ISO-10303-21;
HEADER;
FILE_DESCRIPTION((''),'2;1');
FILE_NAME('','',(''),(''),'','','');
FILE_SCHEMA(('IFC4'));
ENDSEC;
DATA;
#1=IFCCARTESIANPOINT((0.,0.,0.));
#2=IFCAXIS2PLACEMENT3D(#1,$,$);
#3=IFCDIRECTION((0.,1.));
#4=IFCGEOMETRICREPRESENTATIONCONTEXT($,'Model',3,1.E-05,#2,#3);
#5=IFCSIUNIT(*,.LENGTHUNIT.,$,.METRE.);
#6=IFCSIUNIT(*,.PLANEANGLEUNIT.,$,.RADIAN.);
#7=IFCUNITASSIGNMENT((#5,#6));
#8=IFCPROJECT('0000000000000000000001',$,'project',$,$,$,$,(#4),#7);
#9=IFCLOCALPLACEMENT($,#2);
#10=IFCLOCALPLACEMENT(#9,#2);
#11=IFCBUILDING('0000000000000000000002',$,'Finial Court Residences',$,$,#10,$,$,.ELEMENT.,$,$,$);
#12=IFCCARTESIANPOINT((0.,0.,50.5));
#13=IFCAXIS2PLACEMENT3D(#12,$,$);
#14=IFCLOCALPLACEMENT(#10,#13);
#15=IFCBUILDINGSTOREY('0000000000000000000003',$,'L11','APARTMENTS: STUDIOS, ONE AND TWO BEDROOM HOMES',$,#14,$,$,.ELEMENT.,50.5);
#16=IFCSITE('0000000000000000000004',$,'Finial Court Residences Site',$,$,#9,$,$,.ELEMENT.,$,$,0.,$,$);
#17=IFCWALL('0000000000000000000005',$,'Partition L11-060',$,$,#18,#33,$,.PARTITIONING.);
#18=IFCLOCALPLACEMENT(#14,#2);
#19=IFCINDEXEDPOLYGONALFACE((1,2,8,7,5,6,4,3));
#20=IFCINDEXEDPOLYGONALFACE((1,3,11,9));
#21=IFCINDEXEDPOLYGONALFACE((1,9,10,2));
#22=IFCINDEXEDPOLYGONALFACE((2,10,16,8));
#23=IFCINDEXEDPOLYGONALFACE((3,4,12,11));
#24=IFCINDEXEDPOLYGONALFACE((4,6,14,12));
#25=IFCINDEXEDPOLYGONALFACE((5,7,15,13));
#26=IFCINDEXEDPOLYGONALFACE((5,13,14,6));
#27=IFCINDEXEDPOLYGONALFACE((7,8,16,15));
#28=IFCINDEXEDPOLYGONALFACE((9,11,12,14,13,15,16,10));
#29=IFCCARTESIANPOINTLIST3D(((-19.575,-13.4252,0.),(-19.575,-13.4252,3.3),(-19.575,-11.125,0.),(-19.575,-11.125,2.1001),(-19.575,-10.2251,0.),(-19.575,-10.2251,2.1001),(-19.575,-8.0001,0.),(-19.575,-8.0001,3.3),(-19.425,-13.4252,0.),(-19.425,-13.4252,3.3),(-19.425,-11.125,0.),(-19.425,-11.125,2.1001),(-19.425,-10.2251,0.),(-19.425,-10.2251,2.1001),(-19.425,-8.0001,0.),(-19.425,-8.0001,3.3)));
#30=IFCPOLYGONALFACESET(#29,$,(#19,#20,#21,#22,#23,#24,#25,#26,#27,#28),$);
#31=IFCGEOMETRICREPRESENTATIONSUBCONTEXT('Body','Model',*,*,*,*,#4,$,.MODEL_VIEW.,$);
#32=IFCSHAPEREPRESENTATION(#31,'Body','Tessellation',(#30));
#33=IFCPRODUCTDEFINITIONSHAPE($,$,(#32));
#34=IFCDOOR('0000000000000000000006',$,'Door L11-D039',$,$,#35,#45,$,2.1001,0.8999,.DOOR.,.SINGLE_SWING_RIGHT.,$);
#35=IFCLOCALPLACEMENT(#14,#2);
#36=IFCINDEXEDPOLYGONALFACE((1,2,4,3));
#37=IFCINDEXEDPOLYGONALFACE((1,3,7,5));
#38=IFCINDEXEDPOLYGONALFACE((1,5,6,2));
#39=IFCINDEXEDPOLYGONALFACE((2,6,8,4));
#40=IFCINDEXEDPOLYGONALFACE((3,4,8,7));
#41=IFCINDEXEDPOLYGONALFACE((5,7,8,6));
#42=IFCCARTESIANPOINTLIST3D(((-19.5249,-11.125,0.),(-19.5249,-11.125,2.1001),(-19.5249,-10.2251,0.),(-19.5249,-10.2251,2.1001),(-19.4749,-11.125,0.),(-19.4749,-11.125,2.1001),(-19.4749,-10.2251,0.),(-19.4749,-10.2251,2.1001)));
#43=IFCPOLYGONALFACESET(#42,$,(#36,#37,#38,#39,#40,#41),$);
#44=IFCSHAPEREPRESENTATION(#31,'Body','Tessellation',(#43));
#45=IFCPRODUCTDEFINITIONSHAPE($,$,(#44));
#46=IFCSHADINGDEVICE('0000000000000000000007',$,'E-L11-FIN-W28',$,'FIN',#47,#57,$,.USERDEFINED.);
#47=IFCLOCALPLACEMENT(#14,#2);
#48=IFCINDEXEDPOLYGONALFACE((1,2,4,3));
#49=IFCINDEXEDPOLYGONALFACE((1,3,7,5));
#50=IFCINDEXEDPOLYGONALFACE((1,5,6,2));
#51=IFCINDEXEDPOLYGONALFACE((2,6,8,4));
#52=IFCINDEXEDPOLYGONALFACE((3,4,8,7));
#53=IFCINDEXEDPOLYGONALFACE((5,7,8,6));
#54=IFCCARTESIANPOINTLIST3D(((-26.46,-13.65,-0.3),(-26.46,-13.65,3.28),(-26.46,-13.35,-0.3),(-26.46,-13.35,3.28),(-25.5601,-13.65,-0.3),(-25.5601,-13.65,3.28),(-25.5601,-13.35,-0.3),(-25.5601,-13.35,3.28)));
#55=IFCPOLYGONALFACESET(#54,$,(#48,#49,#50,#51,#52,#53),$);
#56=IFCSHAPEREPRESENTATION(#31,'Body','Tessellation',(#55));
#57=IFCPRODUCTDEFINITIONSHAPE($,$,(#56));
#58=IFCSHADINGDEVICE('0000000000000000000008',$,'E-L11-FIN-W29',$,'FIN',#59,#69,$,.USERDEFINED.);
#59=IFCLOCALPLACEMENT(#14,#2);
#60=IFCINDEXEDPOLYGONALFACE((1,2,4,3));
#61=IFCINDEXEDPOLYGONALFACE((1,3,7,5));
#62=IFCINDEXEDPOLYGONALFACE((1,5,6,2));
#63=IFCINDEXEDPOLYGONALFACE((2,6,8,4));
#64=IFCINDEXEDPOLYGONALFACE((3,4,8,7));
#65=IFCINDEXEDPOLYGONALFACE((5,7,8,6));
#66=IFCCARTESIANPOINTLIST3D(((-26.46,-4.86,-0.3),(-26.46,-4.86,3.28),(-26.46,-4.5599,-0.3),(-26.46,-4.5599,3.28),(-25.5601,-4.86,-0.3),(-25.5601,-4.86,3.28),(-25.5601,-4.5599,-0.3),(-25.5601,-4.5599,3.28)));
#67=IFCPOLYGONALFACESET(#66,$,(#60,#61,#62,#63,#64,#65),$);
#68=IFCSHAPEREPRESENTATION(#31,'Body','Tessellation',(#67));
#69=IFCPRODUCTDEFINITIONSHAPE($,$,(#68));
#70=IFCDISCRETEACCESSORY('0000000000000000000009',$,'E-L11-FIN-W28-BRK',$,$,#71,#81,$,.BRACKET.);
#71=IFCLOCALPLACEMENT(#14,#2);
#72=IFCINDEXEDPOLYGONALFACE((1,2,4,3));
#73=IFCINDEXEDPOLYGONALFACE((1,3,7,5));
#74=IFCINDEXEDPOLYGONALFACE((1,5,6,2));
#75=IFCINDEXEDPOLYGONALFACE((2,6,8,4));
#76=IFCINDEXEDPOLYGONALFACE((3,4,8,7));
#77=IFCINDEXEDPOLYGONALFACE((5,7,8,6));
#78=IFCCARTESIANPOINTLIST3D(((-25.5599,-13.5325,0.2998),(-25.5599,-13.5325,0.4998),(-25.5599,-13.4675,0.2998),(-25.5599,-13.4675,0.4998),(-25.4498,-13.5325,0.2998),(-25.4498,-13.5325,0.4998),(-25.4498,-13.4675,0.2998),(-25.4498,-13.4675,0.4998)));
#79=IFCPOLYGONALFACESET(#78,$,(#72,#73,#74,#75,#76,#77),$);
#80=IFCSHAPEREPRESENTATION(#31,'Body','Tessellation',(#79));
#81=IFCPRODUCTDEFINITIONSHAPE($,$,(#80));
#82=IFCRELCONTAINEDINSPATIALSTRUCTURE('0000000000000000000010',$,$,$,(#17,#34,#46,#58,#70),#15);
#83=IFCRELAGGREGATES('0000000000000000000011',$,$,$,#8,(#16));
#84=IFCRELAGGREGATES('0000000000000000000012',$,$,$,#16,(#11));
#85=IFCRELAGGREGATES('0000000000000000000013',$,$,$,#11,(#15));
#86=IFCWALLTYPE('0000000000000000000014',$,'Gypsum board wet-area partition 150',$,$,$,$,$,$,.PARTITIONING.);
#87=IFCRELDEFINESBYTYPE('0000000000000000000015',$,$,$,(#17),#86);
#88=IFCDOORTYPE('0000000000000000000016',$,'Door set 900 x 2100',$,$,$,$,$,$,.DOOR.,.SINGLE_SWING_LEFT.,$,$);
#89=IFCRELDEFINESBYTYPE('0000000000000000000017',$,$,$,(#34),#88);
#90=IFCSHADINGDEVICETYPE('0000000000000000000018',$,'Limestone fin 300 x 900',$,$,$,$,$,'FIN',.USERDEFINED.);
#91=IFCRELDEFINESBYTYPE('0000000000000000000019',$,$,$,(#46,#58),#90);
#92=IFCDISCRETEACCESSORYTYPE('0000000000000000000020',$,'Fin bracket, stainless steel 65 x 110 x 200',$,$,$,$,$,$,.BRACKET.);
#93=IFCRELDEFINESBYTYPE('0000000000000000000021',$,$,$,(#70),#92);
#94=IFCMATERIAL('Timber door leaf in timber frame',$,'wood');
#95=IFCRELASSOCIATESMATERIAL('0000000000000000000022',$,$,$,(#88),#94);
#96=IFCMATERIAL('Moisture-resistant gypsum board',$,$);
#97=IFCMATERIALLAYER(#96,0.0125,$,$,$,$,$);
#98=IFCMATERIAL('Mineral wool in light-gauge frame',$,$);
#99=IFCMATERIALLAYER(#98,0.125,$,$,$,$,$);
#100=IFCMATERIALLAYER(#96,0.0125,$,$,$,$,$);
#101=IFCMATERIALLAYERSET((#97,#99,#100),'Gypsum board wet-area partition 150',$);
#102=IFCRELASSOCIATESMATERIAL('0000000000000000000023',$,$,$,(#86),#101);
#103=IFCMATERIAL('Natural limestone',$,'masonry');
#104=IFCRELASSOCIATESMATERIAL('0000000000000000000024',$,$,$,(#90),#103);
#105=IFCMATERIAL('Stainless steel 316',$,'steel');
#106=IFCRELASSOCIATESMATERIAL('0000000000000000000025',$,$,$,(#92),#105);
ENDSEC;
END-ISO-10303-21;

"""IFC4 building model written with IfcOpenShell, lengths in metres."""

from ifc_helpers import new_model, si_unit, direction, frame, frame_2d, origin, origin_2d, place, context, subcontext, project, spatial, rectangle, extrude, material, layer, layer_set, type_object, element, fill, save


model = new_model("IFC4")

# Units and contexts
model_context = context("Model", 3, precision=1e-05, world=origin(), true_north=direction((0.0, 1.0)))
body_context = subcontext(model_context, "Body", "Model", "MODEL_VIEW")
ifc_project = project(units=[si_unit("LENGTHUNIT", "METRE"), si_unit("PLANEANGLEUNIT", "RADIAN")], contexts=[model_context])

# Site, building, storey
site_placement = place(None, origin())
site = spatial("IfcSite", under=ifc_project, at=site_placement, Name="Finial Court Residences Site", CompositionType="ELEMENT", RefElevation=0.0)
building_placement = place(site_placement, origin())
building = spatial("IfcBuilding", under=site, at=building_placement, Name="Finial Court Residences", CompositionType="ELEMENT")
storey_placement = place(building_placement, frame((0.0, 0.0, 50.5)))
storey = spatial("IfcBuildingStorey", under=building, at=storey_placement, Name="L11", Description="APARTMENTS: STUDIOS, ONE AND TWO BEDROOM HOMES", CompositionType="ELEMENT", Elevation=50.5)

# Shared definitions
ifc_material_1 = material(Name="Mineral wool in light-gauge frame")
ifc_material_2 = material(Name="Timber door leaf in timber frame", Category="wood")
door_type_1 = type_object("IfcDoorType", Name="Door set 900 x 2100", OperationType="SINGLE_SWING_LEFT", PredefinedType="DOOR", material=ifc_material_2)

# Shared definitions
ifc_material_3 = material(Name="Moisture-resistant gypsum board")
ifc_layer_1 = layer(ifc_material_3, 0.0125)
ifc_layer_2 = layer(ifc_material_1, 0.125)
ifc_layer_3 = layer(ifc_material_3, 0.0125)
ifc_layer_set_1 = layer_set([ifc_layer_1, ifc_layer_2, ifc_layer_3], Name="Gypsum board wet-area partition 150")
wall_type_1 = type_object("IfcWallType", Name="Gypsum board wet-area partition 150", PredefinedType="PARTITIONING", material=ifc_layer_set_1)

# Wall, opening, door
wall_1_placement = place(storey_placement, frame((-19.5, -13.425, 0.0), z_axis=(0.0, 0.0, 1.0), x_axis=(0.0, 1.0, 0.0)))
wall_1 = element("IfcWall", 1, at=wall_1_placement, inside=storey, type_object=wall_type_1, Name="Partition L11-060", PredefinedType="PARTITIONING", context=body_context, shape_type="SweptSolid", body=[
    extrude(rectangle(XDim=5.425, YDim=0.1499, at=frame_2d((2.7124, 0.0))), origin(), (0.0, 0.0, 1.0), 3.3),
])
opening_1_placement = place(wall_1_placement, frame((2.3, 0.0, 0.0)))
opening_1 = element("IfcOpeningElement", 2, at=opening_1_placement, cuts=wall_1, PredefinedType="OPENING", context=body_context, shape_type="SweptSolid", body=[
    extrude(rectangle(XDim=0.8999, YDim=2.1001, at=frame_2d((0.45, 1.05))), frame((0.0, 0.085, 0.0), z_axis=(0.0, -1.0, 0.0), x_axis=(1.0, 0.0, 0.0)), (0.0, 0.0, 1.0), 0.1699),
])
door_1_placement = place(opening_1_placement, origin())
door_1 = element("IfcDoor", 3, at=door_1_placement, inside=storey, type_object=door_type_1, Name="Door L11-D039", OperationType="SINGLE_SWING_RIGHT", OverallHeight=2.1001, OverallWidth=0.8999, PredefinedType="DOOR", context=body_context, shape_type="SweptSolid", body=[
    extrude(rectangle(XDim=0.8999, YDim=2.1001, at=frame_2d((0.45, 1.05))), frame((0.0, 0.0249, 0.0), z_axis=(0.0, -1.0, 0.0), x_axis=(1.0, 0.0, 0.0)), (0.0, 0.0, 1.0), 0.05),
])
fill(opening_1, door_1)

# Shading devices
ifc_material_4 = material(Name="Natural limestone", Category="masonry")
shading_device_type = type_object("IfcShadingDeviceType", Name="Limestone fin 300 x 900", ElementType="FIN", PredefinedType="USERDEFINED", material=ifc_material_4)
for number, where, z_axis, x_axis, name in (
    (4, (-26.01, -13.5, -0.3), (0.0, 0.0, 1.0), (1.0, 0.0, 0.0), "E-L11-FIN-W28"),
    (5, (-26.01, -4.71, -0.3), (0.0, 0.0, 1.0), (1.0, 0.0, 0.0), "E-L11-FIN-W29"),
):
    element("IfcShadingDevice", number, at=place(storey_placement, frame(where, z_axis=z_axis, x_axis=x_axis)), inside=storey, type_object=shading_device_type, Name=name, ObjectType="FIN", PredefinedType="USERDEFINED", context=body_context, shape_type="SweptSolid", body=[
        extrude(rectangle(XDim=0.8999, YDim=0.3, at=origin_2d()), origin(), (0.0, 0.0, 1.0), 3.5801),
    ])

# Discrete accessory
ifc_material_5 = material(Name="Stainless steel 316", Category="steel")
discrete_accessory_type = type_object("IfcDiscreteAccessoryType", Name="Fin bracket, stainless steel 65 x 110 x 200", PredefinedType="BRACKET", material=ifc_material_5)
discrete_accessory_placement = place(storey_placement, frame((-25.5049, -13.5, 0.2998), z_axis=(0.0, 0.0, 1.0), x_axis=(1.0, 0.0, 0.0)))
element("IfcDiscreteAccessory", 6, at=discrete_accessory_placement, inside=storey, type_object=discrete_accessory_type, Name="E-L11-FIN-W28-BRK", PredefinedType="BRACKET", context=body_context, shape_type="SweptSolid", body=[
    extrude(rectangle(XDim=0.1101, YDim=0.0649, at=origin_2d()), origin(), (0.0, 0.0, 1.0), 0.2),
])

save(model, "model.ifc")
